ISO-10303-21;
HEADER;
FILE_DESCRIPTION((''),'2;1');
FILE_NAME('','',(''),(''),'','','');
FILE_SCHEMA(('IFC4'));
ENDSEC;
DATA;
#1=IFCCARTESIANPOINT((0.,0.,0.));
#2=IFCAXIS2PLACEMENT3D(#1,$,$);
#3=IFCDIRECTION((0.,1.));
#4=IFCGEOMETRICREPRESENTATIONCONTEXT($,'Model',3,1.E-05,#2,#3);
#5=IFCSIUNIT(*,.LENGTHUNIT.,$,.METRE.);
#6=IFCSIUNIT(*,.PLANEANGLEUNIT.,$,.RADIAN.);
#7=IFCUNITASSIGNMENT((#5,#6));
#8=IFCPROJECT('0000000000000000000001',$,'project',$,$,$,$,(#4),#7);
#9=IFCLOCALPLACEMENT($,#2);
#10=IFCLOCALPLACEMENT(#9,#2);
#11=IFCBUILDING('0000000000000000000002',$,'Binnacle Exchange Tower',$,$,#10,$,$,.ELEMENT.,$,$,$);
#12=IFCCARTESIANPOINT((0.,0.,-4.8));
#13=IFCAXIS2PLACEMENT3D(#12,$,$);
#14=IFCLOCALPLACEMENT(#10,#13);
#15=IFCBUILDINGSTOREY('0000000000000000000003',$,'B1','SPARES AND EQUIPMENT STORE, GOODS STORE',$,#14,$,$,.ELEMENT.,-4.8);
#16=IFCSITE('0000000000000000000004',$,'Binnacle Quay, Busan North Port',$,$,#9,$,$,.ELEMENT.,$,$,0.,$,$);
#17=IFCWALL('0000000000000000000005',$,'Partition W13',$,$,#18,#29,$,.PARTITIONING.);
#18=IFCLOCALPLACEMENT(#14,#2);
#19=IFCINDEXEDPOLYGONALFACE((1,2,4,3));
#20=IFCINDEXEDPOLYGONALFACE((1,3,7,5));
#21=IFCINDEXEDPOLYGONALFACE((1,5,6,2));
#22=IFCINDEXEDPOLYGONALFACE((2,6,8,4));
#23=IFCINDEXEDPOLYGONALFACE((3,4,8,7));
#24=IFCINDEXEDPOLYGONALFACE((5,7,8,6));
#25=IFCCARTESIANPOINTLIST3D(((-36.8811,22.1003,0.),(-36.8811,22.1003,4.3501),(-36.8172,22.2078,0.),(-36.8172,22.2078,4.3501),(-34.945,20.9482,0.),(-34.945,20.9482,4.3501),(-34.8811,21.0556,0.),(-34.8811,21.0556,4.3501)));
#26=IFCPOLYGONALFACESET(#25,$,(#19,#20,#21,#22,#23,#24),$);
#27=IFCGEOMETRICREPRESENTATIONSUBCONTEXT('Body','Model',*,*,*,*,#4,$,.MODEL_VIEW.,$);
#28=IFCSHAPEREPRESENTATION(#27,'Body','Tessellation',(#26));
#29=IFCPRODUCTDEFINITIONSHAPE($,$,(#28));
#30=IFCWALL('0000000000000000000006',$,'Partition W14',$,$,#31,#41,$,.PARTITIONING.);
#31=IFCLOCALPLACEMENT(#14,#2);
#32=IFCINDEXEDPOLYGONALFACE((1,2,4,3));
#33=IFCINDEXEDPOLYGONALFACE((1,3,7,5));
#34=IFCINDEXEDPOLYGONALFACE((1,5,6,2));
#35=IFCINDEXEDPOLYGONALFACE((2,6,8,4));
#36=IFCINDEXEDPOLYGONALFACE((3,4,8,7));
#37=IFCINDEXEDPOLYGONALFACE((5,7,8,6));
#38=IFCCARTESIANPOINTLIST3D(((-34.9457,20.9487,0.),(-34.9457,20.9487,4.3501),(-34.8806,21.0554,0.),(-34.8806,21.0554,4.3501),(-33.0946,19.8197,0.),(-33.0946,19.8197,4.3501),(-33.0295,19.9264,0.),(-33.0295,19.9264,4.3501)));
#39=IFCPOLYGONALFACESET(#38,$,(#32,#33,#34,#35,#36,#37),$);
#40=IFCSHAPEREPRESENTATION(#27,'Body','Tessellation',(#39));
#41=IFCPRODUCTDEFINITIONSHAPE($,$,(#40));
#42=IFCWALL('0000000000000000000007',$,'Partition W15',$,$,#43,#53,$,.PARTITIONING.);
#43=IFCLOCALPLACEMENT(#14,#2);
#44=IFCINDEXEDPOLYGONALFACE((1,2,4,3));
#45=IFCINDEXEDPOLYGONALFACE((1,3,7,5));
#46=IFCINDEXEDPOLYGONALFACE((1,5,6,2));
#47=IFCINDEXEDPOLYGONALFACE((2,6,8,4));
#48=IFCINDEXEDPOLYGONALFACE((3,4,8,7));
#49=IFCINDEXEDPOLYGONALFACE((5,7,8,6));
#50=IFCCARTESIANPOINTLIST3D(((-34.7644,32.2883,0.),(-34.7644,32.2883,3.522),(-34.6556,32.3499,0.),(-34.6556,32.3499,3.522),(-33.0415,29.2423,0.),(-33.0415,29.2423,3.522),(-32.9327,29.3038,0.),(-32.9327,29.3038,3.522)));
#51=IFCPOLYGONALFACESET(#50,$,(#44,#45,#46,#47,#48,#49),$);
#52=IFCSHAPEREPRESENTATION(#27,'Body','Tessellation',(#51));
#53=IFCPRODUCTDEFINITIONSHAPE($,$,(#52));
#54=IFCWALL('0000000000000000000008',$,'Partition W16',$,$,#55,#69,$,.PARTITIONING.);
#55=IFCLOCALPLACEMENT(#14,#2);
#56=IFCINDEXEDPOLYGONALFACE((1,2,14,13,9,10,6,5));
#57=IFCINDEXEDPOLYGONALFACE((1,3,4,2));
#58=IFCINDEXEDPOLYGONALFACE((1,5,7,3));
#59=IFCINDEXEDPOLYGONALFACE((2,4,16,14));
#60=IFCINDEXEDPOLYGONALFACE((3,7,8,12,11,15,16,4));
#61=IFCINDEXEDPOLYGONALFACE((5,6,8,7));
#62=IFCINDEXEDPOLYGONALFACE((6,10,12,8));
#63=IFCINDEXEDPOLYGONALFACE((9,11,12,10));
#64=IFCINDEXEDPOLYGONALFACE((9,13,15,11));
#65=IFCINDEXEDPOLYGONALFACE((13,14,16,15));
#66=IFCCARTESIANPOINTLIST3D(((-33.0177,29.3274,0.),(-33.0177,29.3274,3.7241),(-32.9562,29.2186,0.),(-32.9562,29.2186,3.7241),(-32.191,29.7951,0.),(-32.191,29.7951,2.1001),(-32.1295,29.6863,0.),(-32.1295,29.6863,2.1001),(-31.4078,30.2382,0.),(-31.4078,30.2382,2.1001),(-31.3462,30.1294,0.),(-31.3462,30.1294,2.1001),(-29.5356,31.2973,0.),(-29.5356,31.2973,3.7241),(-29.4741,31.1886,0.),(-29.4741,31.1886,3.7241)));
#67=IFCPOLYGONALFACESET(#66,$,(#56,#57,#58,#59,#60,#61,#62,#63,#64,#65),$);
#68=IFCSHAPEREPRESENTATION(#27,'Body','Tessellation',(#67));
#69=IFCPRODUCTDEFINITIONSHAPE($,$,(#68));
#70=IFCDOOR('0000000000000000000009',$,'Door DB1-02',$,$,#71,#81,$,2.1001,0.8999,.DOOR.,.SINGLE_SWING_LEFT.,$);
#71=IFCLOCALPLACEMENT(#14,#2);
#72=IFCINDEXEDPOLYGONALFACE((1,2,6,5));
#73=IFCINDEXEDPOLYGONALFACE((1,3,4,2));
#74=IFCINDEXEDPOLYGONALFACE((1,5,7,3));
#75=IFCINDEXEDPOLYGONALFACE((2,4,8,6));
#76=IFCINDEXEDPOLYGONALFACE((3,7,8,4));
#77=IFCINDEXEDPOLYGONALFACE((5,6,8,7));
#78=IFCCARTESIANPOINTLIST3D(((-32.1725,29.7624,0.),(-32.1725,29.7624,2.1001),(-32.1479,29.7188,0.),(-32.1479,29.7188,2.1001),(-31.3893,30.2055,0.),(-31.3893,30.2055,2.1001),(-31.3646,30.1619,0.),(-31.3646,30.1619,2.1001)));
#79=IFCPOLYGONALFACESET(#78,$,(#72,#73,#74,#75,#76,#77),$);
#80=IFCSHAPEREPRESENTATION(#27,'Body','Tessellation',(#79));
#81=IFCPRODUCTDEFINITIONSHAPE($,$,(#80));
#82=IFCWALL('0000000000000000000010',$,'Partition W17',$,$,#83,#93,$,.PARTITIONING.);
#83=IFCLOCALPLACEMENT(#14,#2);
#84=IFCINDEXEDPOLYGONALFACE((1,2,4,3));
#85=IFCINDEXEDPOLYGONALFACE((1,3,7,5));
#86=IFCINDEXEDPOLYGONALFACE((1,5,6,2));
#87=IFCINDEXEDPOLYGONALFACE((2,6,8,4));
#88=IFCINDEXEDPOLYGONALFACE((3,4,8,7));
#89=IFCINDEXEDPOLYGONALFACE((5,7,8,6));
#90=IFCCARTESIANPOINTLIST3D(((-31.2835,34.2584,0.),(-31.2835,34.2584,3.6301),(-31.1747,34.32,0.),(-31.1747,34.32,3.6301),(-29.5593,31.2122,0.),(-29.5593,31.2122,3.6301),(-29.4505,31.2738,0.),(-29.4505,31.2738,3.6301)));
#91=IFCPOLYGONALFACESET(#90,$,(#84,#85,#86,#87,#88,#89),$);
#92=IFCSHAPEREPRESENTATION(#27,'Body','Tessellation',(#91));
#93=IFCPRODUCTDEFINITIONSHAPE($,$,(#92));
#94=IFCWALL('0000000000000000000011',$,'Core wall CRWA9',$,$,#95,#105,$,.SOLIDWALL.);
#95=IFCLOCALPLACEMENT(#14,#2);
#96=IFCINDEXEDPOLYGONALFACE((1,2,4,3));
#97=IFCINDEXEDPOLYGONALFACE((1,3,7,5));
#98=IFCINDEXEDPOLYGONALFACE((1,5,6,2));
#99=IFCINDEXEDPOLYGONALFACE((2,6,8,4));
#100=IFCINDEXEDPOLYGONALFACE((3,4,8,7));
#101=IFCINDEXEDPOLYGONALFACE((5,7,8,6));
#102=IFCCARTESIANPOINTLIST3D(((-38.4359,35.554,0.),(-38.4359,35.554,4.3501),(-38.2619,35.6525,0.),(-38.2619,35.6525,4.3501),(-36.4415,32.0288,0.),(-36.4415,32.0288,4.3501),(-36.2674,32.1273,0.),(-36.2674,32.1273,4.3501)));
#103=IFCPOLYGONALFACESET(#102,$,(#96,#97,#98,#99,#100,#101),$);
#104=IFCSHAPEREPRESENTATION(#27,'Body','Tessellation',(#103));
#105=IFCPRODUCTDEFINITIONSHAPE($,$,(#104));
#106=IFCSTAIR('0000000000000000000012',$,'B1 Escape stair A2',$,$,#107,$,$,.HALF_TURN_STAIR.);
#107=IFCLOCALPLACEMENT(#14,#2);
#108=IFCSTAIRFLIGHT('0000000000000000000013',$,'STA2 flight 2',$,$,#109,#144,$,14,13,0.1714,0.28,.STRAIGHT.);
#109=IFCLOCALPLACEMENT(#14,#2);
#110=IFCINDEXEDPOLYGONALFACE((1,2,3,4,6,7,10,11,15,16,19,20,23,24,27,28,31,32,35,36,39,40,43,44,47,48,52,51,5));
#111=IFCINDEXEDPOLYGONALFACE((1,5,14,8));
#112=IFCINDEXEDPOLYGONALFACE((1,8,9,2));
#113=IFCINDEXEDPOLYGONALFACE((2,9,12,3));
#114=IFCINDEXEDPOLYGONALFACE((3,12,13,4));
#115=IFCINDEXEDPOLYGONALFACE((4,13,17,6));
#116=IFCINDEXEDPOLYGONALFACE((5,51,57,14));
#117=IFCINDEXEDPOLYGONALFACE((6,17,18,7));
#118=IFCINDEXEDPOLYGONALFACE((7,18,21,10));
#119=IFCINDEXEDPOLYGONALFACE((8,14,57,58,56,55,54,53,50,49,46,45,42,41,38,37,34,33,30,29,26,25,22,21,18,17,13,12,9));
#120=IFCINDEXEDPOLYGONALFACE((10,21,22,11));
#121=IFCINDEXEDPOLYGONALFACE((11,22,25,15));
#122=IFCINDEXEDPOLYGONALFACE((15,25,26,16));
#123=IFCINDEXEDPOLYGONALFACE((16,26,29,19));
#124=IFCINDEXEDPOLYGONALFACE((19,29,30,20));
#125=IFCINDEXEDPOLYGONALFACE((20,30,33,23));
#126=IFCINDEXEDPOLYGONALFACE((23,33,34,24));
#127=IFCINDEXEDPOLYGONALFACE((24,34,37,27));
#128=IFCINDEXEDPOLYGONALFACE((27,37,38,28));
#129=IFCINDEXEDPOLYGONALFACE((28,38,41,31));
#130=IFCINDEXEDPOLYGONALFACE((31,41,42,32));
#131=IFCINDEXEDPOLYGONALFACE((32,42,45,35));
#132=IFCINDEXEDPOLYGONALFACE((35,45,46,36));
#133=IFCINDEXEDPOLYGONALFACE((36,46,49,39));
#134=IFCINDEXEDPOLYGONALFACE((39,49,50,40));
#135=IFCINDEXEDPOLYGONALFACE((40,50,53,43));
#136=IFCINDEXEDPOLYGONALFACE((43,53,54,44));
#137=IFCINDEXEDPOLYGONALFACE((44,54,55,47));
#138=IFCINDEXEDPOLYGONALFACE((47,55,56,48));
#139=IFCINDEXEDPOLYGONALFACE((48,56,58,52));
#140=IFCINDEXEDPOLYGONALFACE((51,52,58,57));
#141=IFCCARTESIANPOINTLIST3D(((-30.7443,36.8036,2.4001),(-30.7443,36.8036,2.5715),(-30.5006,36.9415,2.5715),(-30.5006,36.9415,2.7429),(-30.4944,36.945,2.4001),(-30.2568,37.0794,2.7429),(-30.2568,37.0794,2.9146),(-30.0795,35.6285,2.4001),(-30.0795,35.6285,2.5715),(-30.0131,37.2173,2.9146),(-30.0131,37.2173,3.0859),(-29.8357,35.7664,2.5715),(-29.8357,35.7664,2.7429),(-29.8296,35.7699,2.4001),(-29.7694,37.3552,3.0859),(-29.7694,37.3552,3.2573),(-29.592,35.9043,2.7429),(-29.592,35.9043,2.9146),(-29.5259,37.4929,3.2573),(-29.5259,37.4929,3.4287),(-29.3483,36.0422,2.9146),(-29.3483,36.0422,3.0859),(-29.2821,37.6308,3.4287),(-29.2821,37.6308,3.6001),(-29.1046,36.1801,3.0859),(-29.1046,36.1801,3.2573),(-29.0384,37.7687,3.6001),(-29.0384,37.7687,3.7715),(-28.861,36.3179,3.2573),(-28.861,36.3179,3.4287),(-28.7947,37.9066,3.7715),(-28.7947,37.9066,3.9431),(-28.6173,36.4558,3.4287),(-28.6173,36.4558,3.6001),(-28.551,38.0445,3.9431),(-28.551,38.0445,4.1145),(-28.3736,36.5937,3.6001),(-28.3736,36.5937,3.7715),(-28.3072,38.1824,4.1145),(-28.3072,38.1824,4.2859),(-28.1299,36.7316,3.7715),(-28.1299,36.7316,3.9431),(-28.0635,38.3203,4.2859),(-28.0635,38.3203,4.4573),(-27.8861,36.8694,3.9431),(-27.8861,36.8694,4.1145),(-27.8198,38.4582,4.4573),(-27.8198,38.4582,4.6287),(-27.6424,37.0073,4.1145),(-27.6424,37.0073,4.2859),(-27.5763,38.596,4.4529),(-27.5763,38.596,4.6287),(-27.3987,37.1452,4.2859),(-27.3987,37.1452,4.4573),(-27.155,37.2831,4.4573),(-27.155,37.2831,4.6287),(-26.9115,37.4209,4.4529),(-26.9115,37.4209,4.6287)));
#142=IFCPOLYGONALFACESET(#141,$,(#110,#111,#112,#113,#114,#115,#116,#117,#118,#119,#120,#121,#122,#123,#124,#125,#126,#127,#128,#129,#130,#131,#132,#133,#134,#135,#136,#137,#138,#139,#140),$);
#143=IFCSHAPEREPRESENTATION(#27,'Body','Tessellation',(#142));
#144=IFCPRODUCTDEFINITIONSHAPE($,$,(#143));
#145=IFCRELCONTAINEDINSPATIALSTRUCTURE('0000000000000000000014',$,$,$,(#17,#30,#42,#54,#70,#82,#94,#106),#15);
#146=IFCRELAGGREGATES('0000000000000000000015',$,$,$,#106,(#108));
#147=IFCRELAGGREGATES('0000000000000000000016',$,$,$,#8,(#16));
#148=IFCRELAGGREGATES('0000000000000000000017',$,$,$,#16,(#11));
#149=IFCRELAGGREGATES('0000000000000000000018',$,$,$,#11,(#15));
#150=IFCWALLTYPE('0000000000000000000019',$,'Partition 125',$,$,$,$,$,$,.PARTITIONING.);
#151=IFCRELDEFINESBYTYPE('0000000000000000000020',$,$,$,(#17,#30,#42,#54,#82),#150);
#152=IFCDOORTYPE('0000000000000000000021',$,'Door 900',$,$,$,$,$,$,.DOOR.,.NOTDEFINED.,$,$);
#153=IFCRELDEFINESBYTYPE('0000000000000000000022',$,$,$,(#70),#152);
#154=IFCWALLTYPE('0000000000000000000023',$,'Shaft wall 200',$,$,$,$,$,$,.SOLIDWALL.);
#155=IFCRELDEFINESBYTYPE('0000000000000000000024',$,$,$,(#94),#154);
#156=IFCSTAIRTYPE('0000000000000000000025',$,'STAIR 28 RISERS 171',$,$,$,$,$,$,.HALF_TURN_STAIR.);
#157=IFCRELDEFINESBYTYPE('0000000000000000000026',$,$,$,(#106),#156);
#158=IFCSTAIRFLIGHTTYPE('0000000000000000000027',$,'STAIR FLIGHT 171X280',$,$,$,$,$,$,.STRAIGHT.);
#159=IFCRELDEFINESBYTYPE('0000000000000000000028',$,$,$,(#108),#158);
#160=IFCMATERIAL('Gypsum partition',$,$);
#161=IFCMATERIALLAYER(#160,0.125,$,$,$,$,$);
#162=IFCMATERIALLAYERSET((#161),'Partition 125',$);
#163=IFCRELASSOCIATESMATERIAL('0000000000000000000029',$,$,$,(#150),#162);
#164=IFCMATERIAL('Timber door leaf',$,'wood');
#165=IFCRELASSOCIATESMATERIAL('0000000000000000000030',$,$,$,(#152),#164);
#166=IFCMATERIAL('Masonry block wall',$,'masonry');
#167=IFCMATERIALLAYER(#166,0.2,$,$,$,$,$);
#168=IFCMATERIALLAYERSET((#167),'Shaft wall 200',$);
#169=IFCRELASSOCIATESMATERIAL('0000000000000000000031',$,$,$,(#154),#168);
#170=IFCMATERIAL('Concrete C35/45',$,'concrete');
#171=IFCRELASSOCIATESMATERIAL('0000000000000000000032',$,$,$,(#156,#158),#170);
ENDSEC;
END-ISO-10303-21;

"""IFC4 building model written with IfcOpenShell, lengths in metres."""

from ifc_helpers import new_model, si_unit, direction, frame, frame_2d, origin, place, context, subcontext, project, spatial, polyline, rectangle, outline, extrude, material, layer, layer_set, type_object, element, fill, aggregate, save


model = new_model("IFC4")

# Units and contexts
model_context = context("Model", 3, precision=1e-05, world=origin(), true_north=direction((0.0, 1.0)))
body_context = subcontext(model_context, "Body", "Model", "MODEL_VIEW")
ifc_project = project(units=[si_unit("LENGTHUNIT", "METRE"), si_unit("PLANEANGLEUNIT", "RADIAN")], contexts=[model_context])

# Site, building, storey
site_placement = place(None, origin())
site = spatial("IfcSite", under=ifc_project, at=site_placement, Name="Binnacle Quay, Busan North Port", CompositionType="ELEMENT", RefElevation=0.0)
building_placement = place(site_placement, origin())
building = spatial("IfcBuilding", under=site, at=building_placement, Name="Binnacle Exchange Tower", CompositionType="ELEMENT")
storey_placement = place(building_placement, frame((0.0, 0.0, -4.8)))
storey = spatial("IfcBuildingStorey", under=building, at=storey_placement, Name="B1", Description="SPARES AND EQUIPMENT STORE, GOODS STORE", CompositionType="ELEMENT", Elevation=-4.8)

# Walls
ifc_material_1 = material(Name="Gypsum partition")
ifc_layer_1 = layer(ifc_material_1, 0.125)
ifc_layer_set_1 = layer_set([ifc_layer_1], Name="Partition 125")
wall_type_1 = type_object("IfcWallType", Name="Partition 125", PredefinedType="PARTITIONING", material=ifc_layer_set_1)
wall_1_placement = place(storey_placement, frame((-36.8491, 22.1541, 0.0), z_axis=(0.0, 0.0, 1.0), x_axis=(0.859352, -0.511385, 0.0)))
element("IfcWall", 1, at=wall_1_placement, inside=storey, type_object=wall_type_1, Name="Partition W13", PredefinedType="PARTITIONING", context=body_context, shape_type="SweptSolid", body=[
    extrude(rectangle(XDim=2.2529, YDim=0.125, at=frame_2d((1.1265, 0.0))), origin(), (0.0, 0.0, 1.0), 4.3501),
])
wall_2_placement = place(storey_placement, frame((-34.9131, 21.002, 0.0), z_axis=(0.0, 0.0, 1.0), x_axis=(0.853755, -0.520675, 0.0)))
element("IfcWall", 2, at=wall_2_placement, inside=storey, type_object=wall_type_1, Name="Partition W14", PredefinedType="PARTITIONING", context=body_context, shape_type="SweptSolid", body=[
    extrude(rectangle(XDim=2.1682, YDim=0.125, at=frame_2d((1.084, 0.0))), origin(), (0.0, 0.0, 1.0), 4.3501),
])
wall_3_placement = place(storey_placement, frame((-34.71, 32.3191, 0.0), z_axis=(0.0, 0.0, 1.0), x_axis=(0.49231, -0.87042, 0.0)))
element("IfcWall", 3, at=wall_3_placement, inside=storey, type_object=wall_type_1, Name="Partition W15", PredefinedType="PARTITIONING", context=body_context, shape_type="SweptSolid", body=[
    extrude(rectangle(XDim=3.4995, YDim=0.125, at=frame_2d((1.7498, 0.0))), origin(), (0.0, 0.0, 1.0), 3.522),
])

# Wall, opening, door
wall_4_placement = place(storey_placement, frame((-32.9871, 29.2729, 0.0), z_axis=(0.0, 0.0, 1.0), x_axis=(0.870372, 0.492395, 0.0)))
wall_4 = element("IfcWall", 4, at=wall_4_placement, inside=storey, type_object=wall_type_1, Name="Partition W16", PredefinedType="PARTITIONING", context=body_context, shape_type="SweptSolid", body=[
    extrude(rectangle(XDim=4.0007, YDim=0.125, at=frame_2d((2.0005, 0.0))), origin(), (0.0, 0.0, 1.0), 3.7241),
])
opening_1_placement = place(wall_4_placement, frame((0.95, 0.0, 0.0)))
opening_1 = element("IfcOpeningElement", 5, at=opening_1_placement, cuts=wall_4, PredefinedType="OPENING", context=body_context, shape_type="SweptSolid", body=[
    extrude(rectangle(XDim=0.8999, YDim=2.1001, at=frame_2d((0.45, 1.05))), frame((0.0, 0.0725, 0.0), z_axis=(0.0, -1.0, 0.0), x_axis=(1.0, 0.0, 0.0)), (0.0, 0.0, 1.0), 0.145),
])
ifc_material_2 = material(Name="Timber door leaf", Category="wood")
door_type_1 = type_object("IfcDoorType", Name="Door 900", OperationType="NOTDEFINED", PredefinedType="DOOR", material=ifc_material_2)
door_1_placement = place(opening_1_placement, origin())
door_1 = element("IfcDoor", 6, at=door_1_placement, inside=storey, type_object=door_type_1, Name="Door DB1-02", OperationType="SINGLE_SWING_LEFT", OverallHeight=2.1001, OverallWidth=0.8999, PredefinedType="DOOR", context=body_context, shape_type="SweptSolid", body=[
    extrude(rectangle(XDim=0.8999, YDim=2.1001, at=frame_2d((0.45, 1.05))), frame((0.0, 0.0249, 0.0), z_axis=(0.0, -1.0, 0.0), x_axis=(1.0, 0.0, 0.0)), (0.0, 0.0, 1.0), 0.05),
])
fill(opening_1, door_1)

# Walls
wall_5_placement = place(storey_placement, frame((-31.229, 34.2891, 0.0), z_axis=(0.0, 0.0, 1.0), x_axis=(0.492574, -0.87027, 0.0)))
element("IfcWall", 7, at=wall_5_placement, inside=storey, type_object=wall_type_1, Name="Partition W17", PredefinedType="PARTITIONING", context=body_context, shape_type="SweptSolid", body=[
    extrude(rectangle(XDim=3.5002, YDim=0.125, at=frame_2d((1.75, 0.0))), origin(), (0.0, 0.0, 1.0), 3.6301),
])
ifc_material_3 = material(Name="Masonry block wall", Category="masonry")
ifc_layer_2 = layer(ifc_material_3, 0.2)
ifc_layer_set_2 = layer_set([ifc_layer_2], Name="Shaft wall 200")
wall_type_2 = type_object("IfcWallType", Name="Shaft wall 200", PredefinedType="SOLIDWALL", material=ifc_layer_set_2)
wall_6_placement = place(storey_placement, frame((-38.3489, 35.6033, 0.0), z_axis=(0.0, 0.0, 1.0), x_axis=(0.492415, -0.870361, 0.0)))
element("IfcWall", 8, at=wall_6_placement, inside=storey, type_object=wall_type_2, Name="Core wall CRWA9", PredefinedType="SOLIDWALL", context=body_context, shape_type="SweptSolid", body=[
    extrude(rectangle(XDim=4.0503, YDim=0.2, at=frame_2d((2.0251, 0.0))), origin(), (0.0, 0.0, 1.0), 4.3501),
])

# Stair, stair flight
ifc_material_4 = material(Name="Concrete C35/45", Category="concrete")
stair_type = type_object("IfcStairType", Name="STAIR 28 RISERS 171", PredefinedType="HALF_TURN_STAIR", material=ifc_material_4)
stair_placement = place(storey_placement, origin())
stair = element("IfcStair", 9, at=stair_placement, inside=storey, type_object=stair_type, Name="B1 Escape stair A2", PredefinedType="HALF_TURN_STAIR")
stair_flight_type = type_object("IfcStairFlightType", Name="STAIR FLIGHT 171X280", PredefinedType="STRAIGHT", material=ifc_material_4)
stair_flight_placement = place(storey_placement, frame((-30.4119, 36.2161, 2.4001), z_axis=(0.0, 0.0, 1.0), x_axis=(0.870356, 0.492424, 0.0)))
stair_flight = element("IfcStairFlight", 10, at=stair_flight_placement, type_object=stair_flight_type, Name="STA2 flight 2", NumberOfRisers=14, NumberOfTreads=13, PredefinedType="STRAIGHT", RiserHeight=0.1714, TreadLength=0.28, context=body_context, shape_type="SweptSolid", body=[
    extrude(outline(polyline([(0.0, 0.0), (0.0, 0.1714), (0.28, 0.1714), (0.28, 0.3428), (0.5601, 0.3428), (0.5601, 0.5144), (0.8401, 0.5144), (0.8401, 0.6858), (1.1201, 0.6858), (1.1201, 0.8572), (1.3999, 0.8572), (1.3999, 1.0286), (1.6799, 1.0286), (1.6799, 1.2), (1.96, 1.2), (1.96, 1.3713), (2.24, 1.3713), (2.24, 1.543), (2.52, 1.543), (2.52, 1.7144), (2.8, 1.7144), (2.8, 1.8857), (3.0801, 1.8857), (3.0801, 2.0571), (3.3601, 2.0571), (3.3601, 2.2285), (3.6399, 2.2285), (3.6399, 2.3999), (3.6399, 2.0527), (0.2871, 0.0), (0.0, 0.0)])), frame((0.0, 0.675, 0.0), z_axis=(0.0, -1.0, 0.0), x_axis=(1.0, 0.0, 0.0)), (0.0, 0.0, 1.0), 1.3501),
])
aggregate(stair, [stair_flight])

save(model, "model.ifc")
